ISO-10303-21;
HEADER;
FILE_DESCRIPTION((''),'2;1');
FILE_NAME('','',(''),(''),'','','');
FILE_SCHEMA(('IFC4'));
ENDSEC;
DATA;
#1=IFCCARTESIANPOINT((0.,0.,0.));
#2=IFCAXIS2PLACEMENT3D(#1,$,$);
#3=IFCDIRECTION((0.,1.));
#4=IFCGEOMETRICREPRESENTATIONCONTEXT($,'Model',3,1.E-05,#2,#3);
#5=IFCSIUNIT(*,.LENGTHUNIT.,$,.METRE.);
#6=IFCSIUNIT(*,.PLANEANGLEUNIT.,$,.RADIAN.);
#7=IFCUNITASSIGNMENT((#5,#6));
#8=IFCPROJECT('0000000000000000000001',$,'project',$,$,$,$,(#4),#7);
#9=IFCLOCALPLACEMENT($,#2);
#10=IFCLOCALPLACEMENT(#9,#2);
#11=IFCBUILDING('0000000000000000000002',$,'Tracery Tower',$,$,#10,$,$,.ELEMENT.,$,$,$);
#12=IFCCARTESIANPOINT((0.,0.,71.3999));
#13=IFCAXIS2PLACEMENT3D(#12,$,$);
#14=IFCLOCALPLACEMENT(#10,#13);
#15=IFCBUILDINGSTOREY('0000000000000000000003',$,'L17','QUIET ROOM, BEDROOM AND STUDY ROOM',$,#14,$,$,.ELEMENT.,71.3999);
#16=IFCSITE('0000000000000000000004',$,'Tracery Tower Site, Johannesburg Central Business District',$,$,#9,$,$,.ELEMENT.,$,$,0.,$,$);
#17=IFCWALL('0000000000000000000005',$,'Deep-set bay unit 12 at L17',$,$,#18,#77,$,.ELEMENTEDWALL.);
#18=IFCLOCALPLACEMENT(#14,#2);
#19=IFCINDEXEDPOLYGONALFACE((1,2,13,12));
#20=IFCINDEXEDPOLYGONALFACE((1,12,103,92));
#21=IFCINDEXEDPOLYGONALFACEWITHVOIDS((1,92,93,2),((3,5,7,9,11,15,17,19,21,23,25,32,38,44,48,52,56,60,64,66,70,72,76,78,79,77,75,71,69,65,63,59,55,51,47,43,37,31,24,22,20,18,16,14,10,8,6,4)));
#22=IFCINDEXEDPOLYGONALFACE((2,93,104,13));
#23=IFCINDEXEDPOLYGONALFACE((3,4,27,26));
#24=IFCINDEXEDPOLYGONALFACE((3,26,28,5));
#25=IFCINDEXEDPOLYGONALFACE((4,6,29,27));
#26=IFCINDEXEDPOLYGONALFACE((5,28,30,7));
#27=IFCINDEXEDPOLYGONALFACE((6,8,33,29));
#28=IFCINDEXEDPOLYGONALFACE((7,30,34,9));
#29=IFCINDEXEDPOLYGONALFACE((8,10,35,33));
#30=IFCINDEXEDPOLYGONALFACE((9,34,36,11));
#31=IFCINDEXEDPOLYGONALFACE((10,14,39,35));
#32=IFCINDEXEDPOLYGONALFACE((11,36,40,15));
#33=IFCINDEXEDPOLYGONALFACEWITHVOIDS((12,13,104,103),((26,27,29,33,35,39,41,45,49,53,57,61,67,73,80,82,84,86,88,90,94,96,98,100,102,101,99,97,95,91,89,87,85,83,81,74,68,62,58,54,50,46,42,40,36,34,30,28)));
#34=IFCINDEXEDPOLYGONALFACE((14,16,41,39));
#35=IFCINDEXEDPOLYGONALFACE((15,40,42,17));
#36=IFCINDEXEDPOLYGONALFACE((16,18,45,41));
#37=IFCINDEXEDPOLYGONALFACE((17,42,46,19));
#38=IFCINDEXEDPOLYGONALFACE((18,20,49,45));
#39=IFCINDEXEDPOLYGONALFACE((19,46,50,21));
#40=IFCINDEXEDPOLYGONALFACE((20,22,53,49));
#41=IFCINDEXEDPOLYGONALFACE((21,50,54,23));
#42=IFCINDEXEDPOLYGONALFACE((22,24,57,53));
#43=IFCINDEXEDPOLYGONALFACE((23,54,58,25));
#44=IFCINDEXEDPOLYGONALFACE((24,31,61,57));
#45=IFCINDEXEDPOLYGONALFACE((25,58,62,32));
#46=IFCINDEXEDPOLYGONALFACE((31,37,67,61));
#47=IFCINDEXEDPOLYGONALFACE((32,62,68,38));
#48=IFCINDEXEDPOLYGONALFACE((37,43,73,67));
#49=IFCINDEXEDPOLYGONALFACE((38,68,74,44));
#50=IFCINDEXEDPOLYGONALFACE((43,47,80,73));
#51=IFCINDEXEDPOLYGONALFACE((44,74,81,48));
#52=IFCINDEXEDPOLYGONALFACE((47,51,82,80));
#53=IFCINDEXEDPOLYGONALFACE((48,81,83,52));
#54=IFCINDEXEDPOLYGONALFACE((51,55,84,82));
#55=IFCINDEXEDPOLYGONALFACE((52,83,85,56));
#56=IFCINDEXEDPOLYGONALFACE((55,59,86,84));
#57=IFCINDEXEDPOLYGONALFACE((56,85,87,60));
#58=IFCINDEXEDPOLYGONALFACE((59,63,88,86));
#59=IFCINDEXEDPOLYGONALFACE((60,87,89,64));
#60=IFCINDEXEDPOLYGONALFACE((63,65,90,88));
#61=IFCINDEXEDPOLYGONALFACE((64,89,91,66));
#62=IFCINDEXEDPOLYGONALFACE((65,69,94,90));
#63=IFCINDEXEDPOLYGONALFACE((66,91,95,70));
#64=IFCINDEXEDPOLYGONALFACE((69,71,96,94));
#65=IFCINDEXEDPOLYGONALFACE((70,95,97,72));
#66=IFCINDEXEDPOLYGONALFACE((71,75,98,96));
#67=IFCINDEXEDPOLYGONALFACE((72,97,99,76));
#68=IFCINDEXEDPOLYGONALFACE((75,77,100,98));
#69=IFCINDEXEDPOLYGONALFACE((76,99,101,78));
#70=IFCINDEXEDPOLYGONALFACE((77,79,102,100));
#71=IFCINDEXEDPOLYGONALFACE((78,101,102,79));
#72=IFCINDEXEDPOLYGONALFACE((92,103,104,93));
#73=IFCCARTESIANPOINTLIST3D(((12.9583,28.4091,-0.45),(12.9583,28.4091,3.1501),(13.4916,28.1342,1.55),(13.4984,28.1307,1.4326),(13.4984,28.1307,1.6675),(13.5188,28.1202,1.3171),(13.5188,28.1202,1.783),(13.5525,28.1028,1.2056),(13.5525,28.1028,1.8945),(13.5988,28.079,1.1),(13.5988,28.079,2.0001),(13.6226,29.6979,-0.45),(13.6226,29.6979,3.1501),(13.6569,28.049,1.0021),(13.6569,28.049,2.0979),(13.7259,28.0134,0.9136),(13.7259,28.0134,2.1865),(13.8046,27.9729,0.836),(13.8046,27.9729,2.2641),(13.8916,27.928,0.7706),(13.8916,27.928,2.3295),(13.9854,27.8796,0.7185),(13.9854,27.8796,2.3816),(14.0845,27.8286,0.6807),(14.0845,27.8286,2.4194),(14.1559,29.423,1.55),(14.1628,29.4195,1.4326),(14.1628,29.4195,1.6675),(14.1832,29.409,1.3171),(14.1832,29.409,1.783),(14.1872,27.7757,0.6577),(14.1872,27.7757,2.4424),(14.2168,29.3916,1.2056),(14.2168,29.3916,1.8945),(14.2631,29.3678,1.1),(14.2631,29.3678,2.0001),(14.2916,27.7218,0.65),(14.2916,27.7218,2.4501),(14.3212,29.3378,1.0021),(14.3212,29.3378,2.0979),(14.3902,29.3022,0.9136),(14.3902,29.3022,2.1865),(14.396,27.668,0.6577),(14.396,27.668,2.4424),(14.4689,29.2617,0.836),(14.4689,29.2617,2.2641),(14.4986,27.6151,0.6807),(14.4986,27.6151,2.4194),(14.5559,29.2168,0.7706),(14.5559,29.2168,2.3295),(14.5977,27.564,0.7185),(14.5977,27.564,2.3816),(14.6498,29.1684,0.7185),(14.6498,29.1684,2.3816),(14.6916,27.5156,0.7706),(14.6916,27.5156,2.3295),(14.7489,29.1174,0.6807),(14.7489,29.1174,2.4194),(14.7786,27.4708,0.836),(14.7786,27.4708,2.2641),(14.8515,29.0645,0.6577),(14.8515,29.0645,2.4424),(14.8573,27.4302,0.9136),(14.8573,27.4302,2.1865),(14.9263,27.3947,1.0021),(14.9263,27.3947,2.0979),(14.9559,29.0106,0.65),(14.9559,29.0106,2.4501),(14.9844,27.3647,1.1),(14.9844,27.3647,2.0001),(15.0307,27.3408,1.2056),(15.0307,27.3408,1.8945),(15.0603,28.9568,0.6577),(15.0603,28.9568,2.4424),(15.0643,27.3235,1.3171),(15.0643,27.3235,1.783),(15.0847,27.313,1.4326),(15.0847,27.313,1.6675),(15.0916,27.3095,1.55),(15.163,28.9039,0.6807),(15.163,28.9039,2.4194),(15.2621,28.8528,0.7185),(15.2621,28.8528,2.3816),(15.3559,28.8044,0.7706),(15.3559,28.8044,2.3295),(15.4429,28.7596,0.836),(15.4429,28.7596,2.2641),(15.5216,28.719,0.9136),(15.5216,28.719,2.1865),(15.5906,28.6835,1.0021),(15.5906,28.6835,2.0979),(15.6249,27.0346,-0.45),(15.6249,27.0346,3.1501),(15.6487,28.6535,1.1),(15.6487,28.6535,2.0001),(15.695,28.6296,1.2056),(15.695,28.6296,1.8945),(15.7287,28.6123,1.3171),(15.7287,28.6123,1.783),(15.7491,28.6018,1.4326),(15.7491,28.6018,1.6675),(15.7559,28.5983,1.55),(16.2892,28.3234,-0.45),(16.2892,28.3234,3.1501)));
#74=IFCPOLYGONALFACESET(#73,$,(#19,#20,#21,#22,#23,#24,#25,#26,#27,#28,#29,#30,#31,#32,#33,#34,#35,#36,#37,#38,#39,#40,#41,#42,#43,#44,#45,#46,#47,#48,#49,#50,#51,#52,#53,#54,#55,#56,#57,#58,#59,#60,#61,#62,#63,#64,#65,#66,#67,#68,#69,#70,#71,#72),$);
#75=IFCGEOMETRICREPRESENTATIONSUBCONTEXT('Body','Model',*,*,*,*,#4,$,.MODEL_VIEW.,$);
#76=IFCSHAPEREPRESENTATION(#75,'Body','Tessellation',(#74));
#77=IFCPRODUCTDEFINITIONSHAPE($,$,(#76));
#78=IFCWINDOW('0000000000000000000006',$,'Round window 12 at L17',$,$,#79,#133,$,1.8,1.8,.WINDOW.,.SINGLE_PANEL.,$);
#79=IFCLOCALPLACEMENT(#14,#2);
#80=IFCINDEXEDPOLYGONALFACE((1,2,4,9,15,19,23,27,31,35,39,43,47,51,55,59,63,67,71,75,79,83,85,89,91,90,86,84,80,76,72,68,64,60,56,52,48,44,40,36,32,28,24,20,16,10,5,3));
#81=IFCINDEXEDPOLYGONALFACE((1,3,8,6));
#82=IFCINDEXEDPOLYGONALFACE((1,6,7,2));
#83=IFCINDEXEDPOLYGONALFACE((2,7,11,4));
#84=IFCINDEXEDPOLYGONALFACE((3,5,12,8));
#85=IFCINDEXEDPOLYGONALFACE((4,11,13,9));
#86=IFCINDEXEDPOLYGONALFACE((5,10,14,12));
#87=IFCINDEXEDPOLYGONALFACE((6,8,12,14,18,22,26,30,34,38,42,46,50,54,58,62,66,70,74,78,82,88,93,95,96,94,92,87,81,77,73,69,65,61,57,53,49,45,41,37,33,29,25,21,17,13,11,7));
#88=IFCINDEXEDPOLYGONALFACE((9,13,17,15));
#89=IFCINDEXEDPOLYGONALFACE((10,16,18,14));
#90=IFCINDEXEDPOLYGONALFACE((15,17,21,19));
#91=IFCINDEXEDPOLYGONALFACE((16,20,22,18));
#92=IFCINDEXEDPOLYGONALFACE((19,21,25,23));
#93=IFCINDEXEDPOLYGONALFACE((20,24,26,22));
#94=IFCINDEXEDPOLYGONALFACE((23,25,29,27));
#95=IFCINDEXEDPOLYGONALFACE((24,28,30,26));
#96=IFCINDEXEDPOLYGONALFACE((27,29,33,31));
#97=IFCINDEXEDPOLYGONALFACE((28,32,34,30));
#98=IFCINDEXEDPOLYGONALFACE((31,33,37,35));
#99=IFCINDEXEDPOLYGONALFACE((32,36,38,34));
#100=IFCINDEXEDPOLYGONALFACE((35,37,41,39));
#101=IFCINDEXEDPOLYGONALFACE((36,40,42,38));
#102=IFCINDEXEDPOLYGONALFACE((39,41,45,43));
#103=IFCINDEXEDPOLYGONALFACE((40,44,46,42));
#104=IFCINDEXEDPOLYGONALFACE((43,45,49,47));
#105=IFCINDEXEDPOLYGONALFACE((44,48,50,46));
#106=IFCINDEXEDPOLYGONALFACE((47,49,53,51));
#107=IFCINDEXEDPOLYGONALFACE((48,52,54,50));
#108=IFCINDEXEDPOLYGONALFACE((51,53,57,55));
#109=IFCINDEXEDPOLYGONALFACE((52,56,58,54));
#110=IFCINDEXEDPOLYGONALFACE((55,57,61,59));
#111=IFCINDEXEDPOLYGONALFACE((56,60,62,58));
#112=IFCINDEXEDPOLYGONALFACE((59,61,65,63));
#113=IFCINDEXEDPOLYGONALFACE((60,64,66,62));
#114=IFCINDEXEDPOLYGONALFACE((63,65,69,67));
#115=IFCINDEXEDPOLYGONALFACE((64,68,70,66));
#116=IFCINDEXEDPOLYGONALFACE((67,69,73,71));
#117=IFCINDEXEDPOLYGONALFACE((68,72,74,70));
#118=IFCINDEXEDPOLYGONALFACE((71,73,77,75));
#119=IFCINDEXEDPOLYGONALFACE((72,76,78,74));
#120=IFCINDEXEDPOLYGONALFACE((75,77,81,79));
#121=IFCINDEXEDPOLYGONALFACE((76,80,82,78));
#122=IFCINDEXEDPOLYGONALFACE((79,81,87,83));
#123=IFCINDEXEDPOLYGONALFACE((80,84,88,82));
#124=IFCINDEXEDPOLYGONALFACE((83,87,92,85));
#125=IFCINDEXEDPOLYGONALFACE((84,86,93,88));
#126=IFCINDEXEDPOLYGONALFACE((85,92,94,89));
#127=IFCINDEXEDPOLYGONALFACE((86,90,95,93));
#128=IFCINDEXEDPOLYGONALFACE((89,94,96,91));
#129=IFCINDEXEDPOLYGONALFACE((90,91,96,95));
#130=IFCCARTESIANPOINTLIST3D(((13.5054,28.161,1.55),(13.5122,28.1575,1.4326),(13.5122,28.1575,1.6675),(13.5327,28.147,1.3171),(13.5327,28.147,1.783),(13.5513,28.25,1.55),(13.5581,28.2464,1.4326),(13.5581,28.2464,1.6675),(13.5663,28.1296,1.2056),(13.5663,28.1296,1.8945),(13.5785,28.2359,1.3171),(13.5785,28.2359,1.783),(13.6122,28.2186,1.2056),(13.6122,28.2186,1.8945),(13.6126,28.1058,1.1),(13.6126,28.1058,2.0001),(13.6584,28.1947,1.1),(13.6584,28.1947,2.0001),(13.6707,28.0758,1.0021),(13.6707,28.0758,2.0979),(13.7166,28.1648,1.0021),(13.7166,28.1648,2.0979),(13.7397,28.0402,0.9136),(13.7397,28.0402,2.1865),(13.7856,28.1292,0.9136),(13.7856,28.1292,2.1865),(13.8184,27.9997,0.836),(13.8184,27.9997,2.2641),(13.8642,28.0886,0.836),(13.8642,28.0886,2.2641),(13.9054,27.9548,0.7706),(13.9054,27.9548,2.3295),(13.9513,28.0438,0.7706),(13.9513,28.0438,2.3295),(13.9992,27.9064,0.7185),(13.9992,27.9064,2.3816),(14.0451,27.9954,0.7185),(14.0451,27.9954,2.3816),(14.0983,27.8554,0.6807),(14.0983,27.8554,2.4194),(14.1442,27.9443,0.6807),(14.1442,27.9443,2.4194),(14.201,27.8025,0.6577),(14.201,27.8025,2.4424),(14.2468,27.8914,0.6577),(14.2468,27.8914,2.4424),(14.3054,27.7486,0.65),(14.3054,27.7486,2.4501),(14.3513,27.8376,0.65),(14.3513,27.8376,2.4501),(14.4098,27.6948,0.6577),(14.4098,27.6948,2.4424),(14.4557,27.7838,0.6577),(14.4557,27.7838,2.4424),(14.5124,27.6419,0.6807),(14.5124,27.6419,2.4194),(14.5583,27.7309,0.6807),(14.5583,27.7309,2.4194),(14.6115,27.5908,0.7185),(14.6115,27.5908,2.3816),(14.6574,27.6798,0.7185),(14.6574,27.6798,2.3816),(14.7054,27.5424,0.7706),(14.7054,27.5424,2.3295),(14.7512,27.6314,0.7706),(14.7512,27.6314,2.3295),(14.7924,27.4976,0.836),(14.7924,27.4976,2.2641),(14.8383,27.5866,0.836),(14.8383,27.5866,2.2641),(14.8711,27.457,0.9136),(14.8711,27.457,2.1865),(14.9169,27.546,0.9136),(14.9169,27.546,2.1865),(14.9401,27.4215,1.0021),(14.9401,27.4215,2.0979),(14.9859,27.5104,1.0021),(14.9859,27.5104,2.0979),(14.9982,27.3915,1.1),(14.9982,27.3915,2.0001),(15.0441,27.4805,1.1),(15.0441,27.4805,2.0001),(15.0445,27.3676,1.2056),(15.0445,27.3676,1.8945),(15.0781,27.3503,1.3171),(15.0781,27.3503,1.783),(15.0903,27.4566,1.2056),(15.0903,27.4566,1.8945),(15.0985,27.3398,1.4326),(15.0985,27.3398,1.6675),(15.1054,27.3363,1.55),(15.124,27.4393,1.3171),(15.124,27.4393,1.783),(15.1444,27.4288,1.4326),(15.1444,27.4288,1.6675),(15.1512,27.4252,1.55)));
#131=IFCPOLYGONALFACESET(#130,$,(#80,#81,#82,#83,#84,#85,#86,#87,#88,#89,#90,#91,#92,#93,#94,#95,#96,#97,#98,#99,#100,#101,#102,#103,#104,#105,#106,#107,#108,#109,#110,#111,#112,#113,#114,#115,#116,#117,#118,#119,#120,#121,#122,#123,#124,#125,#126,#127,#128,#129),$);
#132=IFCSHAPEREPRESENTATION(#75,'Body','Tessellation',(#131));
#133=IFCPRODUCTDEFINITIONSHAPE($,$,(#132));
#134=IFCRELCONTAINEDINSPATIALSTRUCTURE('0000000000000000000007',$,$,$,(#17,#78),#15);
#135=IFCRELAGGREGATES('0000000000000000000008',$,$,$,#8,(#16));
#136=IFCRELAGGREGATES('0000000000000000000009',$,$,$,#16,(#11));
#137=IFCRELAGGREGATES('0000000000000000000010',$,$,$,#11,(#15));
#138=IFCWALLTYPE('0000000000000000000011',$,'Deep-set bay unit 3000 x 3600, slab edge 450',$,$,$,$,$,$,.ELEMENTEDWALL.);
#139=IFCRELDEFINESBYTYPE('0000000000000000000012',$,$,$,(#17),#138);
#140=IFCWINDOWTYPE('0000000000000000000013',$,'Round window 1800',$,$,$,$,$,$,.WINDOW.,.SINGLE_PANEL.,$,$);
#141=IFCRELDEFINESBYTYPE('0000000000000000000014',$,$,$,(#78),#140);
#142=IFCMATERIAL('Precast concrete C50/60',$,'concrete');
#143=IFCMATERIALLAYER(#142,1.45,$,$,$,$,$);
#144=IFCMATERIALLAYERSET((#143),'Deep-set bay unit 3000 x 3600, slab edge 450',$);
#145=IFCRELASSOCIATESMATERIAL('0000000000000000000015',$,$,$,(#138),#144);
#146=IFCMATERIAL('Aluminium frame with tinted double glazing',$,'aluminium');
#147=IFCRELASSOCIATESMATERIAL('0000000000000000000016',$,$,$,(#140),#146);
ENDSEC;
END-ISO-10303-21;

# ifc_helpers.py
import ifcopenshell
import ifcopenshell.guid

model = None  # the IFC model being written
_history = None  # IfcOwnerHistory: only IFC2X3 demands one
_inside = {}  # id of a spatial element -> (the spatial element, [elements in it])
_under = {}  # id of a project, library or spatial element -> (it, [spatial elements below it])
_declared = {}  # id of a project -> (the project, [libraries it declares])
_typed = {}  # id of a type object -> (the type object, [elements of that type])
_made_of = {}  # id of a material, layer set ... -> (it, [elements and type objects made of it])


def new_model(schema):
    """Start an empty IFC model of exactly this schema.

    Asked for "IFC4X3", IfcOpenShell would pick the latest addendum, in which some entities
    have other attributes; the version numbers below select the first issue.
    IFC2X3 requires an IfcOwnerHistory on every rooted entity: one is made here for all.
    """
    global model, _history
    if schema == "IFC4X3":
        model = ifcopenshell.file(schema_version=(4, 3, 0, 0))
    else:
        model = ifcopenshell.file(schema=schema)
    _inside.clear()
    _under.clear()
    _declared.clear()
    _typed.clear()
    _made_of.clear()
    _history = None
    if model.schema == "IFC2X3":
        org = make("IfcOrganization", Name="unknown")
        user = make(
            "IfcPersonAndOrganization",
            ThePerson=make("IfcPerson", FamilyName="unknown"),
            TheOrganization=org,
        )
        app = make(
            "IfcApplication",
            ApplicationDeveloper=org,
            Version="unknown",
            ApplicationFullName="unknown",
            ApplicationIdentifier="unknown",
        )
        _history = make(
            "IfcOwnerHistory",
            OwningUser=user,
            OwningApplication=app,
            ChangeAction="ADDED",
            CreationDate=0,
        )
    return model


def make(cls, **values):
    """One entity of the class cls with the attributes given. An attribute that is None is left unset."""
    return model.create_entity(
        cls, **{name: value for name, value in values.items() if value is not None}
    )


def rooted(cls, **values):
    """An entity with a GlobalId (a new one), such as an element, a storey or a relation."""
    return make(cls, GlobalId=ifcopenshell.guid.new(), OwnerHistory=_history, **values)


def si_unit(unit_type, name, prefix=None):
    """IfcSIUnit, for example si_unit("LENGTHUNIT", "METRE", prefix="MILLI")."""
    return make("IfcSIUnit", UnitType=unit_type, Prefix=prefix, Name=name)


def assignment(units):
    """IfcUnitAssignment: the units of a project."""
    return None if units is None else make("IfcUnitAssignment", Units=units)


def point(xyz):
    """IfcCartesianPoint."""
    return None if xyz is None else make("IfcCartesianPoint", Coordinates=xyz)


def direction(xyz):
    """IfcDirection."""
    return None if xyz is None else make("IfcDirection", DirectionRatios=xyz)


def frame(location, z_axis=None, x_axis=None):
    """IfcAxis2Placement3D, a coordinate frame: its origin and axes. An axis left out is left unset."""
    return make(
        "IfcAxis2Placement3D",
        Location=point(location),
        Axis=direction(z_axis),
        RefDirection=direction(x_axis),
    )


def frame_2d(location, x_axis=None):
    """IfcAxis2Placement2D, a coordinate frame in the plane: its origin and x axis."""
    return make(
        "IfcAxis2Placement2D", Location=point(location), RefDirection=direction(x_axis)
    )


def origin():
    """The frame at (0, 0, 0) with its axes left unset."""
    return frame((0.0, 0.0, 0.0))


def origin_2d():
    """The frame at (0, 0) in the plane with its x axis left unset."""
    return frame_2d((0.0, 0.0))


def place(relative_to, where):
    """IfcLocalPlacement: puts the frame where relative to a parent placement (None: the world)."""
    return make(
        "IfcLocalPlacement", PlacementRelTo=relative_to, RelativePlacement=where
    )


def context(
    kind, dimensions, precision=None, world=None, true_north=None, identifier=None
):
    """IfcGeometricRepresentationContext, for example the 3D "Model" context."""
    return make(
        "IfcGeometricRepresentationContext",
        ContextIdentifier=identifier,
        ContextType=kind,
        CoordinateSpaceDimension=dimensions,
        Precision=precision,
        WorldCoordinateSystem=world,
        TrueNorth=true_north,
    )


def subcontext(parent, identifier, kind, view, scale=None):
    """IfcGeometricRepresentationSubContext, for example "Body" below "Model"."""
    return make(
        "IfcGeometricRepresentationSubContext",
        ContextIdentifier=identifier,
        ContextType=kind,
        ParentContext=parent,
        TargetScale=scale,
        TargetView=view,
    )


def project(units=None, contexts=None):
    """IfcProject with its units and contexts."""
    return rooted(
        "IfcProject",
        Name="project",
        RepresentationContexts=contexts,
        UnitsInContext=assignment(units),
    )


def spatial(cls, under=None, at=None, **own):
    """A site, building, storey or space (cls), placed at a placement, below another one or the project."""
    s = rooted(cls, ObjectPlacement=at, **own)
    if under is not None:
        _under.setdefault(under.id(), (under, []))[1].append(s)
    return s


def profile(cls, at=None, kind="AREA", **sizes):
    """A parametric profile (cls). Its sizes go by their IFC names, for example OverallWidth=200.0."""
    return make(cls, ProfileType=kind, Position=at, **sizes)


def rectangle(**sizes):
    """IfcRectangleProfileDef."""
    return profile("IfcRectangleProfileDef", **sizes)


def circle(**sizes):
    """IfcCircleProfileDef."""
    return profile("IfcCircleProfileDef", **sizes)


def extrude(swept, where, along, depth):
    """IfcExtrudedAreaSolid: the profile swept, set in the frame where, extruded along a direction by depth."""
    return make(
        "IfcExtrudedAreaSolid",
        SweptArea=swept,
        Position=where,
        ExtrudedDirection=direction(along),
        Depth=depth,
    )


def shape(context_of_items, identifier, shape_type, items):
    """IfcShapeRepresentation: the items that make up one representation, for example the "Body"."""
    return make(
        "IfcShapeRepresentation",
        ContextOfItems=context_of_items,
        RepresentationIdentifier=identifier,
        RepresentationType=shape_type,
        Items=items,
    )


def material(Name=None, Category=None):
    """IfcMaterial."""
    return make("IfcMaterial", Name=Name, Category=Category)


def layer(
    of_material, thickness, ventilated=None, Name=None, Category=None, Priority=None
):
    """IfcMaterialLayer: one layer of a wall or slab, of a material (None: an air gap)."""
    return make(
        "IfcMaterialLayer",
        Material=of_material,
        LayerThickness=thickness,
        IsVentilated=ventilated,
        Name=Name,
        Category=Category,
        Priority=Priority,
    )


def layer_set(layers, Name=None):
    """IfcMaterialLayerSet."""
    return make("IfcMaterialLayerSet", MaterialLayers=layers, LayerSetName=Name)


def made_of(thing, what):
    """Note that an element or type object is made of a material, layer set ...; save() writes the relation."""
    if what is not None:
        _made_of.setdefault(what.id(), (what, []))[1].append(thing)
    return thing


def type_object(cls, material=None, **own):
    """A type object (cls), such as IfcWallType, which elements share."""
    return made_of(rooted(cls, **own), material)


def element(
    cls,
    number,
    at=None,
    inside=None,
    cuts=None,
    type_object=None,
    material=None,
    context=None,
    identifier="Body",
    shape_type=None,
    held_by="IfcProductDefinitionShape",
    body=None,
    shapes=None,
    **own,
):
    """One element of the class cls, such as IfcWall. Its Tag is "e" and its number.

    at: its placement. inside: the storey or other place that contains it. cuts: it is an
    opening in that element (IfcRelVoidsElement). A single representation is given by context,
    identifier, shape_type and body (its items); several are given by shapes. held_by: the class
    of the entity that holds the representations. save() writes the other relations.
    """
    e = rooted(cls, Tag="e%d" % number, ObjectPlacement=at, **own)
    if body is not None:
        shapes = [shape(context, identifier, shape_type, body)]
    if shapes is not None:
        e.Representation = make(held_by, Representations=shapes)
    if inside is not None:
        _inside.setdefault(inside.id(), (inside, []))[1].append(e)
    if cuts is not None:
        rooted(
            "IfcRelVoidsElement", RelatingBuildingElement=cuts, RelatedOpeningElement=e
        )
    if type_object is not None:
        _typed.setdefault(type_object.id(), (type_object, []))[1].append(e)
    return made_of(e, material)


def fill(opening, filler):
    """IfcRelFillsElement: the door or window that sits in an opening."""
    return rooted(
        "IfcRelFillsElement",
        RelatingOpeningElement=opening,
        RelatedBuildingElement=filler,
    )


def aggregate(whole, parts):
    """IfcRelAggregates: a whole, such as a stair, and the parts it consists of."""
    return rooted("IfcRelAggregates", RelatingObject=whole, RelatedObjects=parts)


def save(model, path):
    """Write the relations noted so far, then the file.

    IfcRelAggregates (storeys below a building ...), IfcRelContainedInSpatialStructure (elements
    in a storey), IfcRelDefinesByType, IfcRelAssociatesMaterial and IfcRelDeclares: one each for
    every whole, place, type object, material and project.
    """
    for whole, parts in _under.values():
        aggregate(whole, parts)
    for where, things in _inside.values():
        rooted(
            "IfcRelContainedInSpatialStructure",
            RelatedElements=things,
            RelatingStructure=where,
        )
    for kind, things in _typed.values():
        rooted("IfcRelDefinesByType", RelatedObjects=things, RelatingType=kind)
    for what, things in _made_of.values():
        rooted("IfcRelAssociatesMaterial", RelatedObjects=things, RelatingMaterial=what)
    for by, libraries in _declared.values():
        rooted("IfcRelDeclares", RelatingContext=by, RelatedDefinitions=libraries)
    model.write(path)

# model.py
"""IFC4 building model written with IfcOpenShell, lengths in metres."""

from ifc_helpers import new_model, si_unit, direction, frame, frame_2d, origin, origin_2d, place, context, subcontext, project, spatial, rectangle, circle, extrude, material, layer, layer_set, type_object, element, fill, save


model = new_model("IFC4")

# Units and contexts
model_context = context("Model", 3, precision=1e-05, world=origin(), true_north=direction((0.0, 1.0)))
body_context = subcontext(model_context, "Body", "Model", "MODEL_VIEW")
ifc_project = project(units=[si_unit("LENGTHUNIT", "METRE"), si_unit("PLANEANGLEUNIT", "RADIAN")], contexts=[model_context])

# Site, building, storey
site_placement = place(None, origin())
site = spatial("IfcSite", under=ifc_project, at=site_placement, Name="Tracery Tower Site, Johannesburg Central Business District", CompositionType="ELEMENT", RefElevation=0.0)
building_placement = place(site_placement, origin())
building = spatial("IfcBuilding", under=site, at=building_placement, Name="Tracery Tower", CompositionType="ELEMENT")
storey_placement = place(building_placement, frame((0.0, 0.0, 71.3999)))
storey = spatial("IfcBuildingStorey", under=building, at=storey_placement, Name="L17", Description="QUIET ROOM, BEDROOM AND STUDY ROOM", CompositionType="ELEMENT", Elevation=71.3999)

# Wall, opening, window
ifc_material_1 = material(Name="Precast concrete C50/60", Category="concrete")
ifc_layer_1 = layer(ifc_material_1, 1.45)
ifc_layer_set_1 = layer_set([ifc_layer_1], Name="Deep-set bay unit 3000 x 3600, slab edge 450")
wall_type_1 = type_object("IfcWallType", Name="Deep-set bay unit 3000 x 3600, slab edge 450", PredefinedType="ELEMENTEDWALL", material=ifc_layer_set_1)
wall_1_placement = place(storey_placement, frame((15.957, 27.679, -0.45), z_axis=(0.0, 0.0, 1.0), x_axis=(-0.888858, 0.458183, 0.0)))
wall_1 = element("IfcWall", 1, at=wall_1_placement, inside=storey, type_object=wall_type_1, Name="Deep-set bay unit 12 at L17", PredefinedType="ELEMENTEDWALL", context=body_context, shape_type="SweptSolid", body=[
    extrude(rectangle(XDim=3.0, YDim=1.45, at=frame_2d((1.5, 0.0))), origin(), (0.0, 0.0, 1.0), 3.6001),
])
opening_1_placement = place(wall_1_placement, frame((1.5, 0.0, 2.0)))
opening_1 = element("IfcOpeningElement", 2, at=opening_1_placement, cuts=wall_1, PredefinedType="OPENING", context=body_context, shape_type="SweptSolid", body=[
    extrude(circle(Radius=0.9, at=origin_2d()), frame((0.0, 0.7349, 0.0), z_axis=(0.0, -1.0, 0.0), x_axis=(1.0, 0.0, 0.0)), (0.0, 0.0, 1.0), 1.47),
])
ifc_material_2 = material(Name="Aluminium frame with tinted double glazing", Category="aluminium")
window_type = type_object("IfcWindowType", Name="Round window 1800", PartitioningType="SINGLE_PANEL", PredefinedType="WINDOW", material=ifc_material_2)
window_1_placement = place(opening_1_placement, origin())
window_1 = element("IfcWindow", 3, at=window_1_placement, inside=storey, type_object=window_type, Name="Round window 12 at L17", OverallHeight=1.8, OverallWidth=1.8, PartitioningType="SINGLE_PANEL", PredefinedType="WINDOW", context=body_context, shape_type="SweptSolid", body=[
    extrude(circle(Radius=0.9, at=origin_2d()), frame((0.0, 0.6948, 0.0), z_axis=(0.0, -1.0, 0.0), x_axis=(1.0, 0.0, 0.0)), (0.0, 0.0, 1.0), 0.1001),
])
fill(opening_1, window_1)

save(model, "model.ifc")
